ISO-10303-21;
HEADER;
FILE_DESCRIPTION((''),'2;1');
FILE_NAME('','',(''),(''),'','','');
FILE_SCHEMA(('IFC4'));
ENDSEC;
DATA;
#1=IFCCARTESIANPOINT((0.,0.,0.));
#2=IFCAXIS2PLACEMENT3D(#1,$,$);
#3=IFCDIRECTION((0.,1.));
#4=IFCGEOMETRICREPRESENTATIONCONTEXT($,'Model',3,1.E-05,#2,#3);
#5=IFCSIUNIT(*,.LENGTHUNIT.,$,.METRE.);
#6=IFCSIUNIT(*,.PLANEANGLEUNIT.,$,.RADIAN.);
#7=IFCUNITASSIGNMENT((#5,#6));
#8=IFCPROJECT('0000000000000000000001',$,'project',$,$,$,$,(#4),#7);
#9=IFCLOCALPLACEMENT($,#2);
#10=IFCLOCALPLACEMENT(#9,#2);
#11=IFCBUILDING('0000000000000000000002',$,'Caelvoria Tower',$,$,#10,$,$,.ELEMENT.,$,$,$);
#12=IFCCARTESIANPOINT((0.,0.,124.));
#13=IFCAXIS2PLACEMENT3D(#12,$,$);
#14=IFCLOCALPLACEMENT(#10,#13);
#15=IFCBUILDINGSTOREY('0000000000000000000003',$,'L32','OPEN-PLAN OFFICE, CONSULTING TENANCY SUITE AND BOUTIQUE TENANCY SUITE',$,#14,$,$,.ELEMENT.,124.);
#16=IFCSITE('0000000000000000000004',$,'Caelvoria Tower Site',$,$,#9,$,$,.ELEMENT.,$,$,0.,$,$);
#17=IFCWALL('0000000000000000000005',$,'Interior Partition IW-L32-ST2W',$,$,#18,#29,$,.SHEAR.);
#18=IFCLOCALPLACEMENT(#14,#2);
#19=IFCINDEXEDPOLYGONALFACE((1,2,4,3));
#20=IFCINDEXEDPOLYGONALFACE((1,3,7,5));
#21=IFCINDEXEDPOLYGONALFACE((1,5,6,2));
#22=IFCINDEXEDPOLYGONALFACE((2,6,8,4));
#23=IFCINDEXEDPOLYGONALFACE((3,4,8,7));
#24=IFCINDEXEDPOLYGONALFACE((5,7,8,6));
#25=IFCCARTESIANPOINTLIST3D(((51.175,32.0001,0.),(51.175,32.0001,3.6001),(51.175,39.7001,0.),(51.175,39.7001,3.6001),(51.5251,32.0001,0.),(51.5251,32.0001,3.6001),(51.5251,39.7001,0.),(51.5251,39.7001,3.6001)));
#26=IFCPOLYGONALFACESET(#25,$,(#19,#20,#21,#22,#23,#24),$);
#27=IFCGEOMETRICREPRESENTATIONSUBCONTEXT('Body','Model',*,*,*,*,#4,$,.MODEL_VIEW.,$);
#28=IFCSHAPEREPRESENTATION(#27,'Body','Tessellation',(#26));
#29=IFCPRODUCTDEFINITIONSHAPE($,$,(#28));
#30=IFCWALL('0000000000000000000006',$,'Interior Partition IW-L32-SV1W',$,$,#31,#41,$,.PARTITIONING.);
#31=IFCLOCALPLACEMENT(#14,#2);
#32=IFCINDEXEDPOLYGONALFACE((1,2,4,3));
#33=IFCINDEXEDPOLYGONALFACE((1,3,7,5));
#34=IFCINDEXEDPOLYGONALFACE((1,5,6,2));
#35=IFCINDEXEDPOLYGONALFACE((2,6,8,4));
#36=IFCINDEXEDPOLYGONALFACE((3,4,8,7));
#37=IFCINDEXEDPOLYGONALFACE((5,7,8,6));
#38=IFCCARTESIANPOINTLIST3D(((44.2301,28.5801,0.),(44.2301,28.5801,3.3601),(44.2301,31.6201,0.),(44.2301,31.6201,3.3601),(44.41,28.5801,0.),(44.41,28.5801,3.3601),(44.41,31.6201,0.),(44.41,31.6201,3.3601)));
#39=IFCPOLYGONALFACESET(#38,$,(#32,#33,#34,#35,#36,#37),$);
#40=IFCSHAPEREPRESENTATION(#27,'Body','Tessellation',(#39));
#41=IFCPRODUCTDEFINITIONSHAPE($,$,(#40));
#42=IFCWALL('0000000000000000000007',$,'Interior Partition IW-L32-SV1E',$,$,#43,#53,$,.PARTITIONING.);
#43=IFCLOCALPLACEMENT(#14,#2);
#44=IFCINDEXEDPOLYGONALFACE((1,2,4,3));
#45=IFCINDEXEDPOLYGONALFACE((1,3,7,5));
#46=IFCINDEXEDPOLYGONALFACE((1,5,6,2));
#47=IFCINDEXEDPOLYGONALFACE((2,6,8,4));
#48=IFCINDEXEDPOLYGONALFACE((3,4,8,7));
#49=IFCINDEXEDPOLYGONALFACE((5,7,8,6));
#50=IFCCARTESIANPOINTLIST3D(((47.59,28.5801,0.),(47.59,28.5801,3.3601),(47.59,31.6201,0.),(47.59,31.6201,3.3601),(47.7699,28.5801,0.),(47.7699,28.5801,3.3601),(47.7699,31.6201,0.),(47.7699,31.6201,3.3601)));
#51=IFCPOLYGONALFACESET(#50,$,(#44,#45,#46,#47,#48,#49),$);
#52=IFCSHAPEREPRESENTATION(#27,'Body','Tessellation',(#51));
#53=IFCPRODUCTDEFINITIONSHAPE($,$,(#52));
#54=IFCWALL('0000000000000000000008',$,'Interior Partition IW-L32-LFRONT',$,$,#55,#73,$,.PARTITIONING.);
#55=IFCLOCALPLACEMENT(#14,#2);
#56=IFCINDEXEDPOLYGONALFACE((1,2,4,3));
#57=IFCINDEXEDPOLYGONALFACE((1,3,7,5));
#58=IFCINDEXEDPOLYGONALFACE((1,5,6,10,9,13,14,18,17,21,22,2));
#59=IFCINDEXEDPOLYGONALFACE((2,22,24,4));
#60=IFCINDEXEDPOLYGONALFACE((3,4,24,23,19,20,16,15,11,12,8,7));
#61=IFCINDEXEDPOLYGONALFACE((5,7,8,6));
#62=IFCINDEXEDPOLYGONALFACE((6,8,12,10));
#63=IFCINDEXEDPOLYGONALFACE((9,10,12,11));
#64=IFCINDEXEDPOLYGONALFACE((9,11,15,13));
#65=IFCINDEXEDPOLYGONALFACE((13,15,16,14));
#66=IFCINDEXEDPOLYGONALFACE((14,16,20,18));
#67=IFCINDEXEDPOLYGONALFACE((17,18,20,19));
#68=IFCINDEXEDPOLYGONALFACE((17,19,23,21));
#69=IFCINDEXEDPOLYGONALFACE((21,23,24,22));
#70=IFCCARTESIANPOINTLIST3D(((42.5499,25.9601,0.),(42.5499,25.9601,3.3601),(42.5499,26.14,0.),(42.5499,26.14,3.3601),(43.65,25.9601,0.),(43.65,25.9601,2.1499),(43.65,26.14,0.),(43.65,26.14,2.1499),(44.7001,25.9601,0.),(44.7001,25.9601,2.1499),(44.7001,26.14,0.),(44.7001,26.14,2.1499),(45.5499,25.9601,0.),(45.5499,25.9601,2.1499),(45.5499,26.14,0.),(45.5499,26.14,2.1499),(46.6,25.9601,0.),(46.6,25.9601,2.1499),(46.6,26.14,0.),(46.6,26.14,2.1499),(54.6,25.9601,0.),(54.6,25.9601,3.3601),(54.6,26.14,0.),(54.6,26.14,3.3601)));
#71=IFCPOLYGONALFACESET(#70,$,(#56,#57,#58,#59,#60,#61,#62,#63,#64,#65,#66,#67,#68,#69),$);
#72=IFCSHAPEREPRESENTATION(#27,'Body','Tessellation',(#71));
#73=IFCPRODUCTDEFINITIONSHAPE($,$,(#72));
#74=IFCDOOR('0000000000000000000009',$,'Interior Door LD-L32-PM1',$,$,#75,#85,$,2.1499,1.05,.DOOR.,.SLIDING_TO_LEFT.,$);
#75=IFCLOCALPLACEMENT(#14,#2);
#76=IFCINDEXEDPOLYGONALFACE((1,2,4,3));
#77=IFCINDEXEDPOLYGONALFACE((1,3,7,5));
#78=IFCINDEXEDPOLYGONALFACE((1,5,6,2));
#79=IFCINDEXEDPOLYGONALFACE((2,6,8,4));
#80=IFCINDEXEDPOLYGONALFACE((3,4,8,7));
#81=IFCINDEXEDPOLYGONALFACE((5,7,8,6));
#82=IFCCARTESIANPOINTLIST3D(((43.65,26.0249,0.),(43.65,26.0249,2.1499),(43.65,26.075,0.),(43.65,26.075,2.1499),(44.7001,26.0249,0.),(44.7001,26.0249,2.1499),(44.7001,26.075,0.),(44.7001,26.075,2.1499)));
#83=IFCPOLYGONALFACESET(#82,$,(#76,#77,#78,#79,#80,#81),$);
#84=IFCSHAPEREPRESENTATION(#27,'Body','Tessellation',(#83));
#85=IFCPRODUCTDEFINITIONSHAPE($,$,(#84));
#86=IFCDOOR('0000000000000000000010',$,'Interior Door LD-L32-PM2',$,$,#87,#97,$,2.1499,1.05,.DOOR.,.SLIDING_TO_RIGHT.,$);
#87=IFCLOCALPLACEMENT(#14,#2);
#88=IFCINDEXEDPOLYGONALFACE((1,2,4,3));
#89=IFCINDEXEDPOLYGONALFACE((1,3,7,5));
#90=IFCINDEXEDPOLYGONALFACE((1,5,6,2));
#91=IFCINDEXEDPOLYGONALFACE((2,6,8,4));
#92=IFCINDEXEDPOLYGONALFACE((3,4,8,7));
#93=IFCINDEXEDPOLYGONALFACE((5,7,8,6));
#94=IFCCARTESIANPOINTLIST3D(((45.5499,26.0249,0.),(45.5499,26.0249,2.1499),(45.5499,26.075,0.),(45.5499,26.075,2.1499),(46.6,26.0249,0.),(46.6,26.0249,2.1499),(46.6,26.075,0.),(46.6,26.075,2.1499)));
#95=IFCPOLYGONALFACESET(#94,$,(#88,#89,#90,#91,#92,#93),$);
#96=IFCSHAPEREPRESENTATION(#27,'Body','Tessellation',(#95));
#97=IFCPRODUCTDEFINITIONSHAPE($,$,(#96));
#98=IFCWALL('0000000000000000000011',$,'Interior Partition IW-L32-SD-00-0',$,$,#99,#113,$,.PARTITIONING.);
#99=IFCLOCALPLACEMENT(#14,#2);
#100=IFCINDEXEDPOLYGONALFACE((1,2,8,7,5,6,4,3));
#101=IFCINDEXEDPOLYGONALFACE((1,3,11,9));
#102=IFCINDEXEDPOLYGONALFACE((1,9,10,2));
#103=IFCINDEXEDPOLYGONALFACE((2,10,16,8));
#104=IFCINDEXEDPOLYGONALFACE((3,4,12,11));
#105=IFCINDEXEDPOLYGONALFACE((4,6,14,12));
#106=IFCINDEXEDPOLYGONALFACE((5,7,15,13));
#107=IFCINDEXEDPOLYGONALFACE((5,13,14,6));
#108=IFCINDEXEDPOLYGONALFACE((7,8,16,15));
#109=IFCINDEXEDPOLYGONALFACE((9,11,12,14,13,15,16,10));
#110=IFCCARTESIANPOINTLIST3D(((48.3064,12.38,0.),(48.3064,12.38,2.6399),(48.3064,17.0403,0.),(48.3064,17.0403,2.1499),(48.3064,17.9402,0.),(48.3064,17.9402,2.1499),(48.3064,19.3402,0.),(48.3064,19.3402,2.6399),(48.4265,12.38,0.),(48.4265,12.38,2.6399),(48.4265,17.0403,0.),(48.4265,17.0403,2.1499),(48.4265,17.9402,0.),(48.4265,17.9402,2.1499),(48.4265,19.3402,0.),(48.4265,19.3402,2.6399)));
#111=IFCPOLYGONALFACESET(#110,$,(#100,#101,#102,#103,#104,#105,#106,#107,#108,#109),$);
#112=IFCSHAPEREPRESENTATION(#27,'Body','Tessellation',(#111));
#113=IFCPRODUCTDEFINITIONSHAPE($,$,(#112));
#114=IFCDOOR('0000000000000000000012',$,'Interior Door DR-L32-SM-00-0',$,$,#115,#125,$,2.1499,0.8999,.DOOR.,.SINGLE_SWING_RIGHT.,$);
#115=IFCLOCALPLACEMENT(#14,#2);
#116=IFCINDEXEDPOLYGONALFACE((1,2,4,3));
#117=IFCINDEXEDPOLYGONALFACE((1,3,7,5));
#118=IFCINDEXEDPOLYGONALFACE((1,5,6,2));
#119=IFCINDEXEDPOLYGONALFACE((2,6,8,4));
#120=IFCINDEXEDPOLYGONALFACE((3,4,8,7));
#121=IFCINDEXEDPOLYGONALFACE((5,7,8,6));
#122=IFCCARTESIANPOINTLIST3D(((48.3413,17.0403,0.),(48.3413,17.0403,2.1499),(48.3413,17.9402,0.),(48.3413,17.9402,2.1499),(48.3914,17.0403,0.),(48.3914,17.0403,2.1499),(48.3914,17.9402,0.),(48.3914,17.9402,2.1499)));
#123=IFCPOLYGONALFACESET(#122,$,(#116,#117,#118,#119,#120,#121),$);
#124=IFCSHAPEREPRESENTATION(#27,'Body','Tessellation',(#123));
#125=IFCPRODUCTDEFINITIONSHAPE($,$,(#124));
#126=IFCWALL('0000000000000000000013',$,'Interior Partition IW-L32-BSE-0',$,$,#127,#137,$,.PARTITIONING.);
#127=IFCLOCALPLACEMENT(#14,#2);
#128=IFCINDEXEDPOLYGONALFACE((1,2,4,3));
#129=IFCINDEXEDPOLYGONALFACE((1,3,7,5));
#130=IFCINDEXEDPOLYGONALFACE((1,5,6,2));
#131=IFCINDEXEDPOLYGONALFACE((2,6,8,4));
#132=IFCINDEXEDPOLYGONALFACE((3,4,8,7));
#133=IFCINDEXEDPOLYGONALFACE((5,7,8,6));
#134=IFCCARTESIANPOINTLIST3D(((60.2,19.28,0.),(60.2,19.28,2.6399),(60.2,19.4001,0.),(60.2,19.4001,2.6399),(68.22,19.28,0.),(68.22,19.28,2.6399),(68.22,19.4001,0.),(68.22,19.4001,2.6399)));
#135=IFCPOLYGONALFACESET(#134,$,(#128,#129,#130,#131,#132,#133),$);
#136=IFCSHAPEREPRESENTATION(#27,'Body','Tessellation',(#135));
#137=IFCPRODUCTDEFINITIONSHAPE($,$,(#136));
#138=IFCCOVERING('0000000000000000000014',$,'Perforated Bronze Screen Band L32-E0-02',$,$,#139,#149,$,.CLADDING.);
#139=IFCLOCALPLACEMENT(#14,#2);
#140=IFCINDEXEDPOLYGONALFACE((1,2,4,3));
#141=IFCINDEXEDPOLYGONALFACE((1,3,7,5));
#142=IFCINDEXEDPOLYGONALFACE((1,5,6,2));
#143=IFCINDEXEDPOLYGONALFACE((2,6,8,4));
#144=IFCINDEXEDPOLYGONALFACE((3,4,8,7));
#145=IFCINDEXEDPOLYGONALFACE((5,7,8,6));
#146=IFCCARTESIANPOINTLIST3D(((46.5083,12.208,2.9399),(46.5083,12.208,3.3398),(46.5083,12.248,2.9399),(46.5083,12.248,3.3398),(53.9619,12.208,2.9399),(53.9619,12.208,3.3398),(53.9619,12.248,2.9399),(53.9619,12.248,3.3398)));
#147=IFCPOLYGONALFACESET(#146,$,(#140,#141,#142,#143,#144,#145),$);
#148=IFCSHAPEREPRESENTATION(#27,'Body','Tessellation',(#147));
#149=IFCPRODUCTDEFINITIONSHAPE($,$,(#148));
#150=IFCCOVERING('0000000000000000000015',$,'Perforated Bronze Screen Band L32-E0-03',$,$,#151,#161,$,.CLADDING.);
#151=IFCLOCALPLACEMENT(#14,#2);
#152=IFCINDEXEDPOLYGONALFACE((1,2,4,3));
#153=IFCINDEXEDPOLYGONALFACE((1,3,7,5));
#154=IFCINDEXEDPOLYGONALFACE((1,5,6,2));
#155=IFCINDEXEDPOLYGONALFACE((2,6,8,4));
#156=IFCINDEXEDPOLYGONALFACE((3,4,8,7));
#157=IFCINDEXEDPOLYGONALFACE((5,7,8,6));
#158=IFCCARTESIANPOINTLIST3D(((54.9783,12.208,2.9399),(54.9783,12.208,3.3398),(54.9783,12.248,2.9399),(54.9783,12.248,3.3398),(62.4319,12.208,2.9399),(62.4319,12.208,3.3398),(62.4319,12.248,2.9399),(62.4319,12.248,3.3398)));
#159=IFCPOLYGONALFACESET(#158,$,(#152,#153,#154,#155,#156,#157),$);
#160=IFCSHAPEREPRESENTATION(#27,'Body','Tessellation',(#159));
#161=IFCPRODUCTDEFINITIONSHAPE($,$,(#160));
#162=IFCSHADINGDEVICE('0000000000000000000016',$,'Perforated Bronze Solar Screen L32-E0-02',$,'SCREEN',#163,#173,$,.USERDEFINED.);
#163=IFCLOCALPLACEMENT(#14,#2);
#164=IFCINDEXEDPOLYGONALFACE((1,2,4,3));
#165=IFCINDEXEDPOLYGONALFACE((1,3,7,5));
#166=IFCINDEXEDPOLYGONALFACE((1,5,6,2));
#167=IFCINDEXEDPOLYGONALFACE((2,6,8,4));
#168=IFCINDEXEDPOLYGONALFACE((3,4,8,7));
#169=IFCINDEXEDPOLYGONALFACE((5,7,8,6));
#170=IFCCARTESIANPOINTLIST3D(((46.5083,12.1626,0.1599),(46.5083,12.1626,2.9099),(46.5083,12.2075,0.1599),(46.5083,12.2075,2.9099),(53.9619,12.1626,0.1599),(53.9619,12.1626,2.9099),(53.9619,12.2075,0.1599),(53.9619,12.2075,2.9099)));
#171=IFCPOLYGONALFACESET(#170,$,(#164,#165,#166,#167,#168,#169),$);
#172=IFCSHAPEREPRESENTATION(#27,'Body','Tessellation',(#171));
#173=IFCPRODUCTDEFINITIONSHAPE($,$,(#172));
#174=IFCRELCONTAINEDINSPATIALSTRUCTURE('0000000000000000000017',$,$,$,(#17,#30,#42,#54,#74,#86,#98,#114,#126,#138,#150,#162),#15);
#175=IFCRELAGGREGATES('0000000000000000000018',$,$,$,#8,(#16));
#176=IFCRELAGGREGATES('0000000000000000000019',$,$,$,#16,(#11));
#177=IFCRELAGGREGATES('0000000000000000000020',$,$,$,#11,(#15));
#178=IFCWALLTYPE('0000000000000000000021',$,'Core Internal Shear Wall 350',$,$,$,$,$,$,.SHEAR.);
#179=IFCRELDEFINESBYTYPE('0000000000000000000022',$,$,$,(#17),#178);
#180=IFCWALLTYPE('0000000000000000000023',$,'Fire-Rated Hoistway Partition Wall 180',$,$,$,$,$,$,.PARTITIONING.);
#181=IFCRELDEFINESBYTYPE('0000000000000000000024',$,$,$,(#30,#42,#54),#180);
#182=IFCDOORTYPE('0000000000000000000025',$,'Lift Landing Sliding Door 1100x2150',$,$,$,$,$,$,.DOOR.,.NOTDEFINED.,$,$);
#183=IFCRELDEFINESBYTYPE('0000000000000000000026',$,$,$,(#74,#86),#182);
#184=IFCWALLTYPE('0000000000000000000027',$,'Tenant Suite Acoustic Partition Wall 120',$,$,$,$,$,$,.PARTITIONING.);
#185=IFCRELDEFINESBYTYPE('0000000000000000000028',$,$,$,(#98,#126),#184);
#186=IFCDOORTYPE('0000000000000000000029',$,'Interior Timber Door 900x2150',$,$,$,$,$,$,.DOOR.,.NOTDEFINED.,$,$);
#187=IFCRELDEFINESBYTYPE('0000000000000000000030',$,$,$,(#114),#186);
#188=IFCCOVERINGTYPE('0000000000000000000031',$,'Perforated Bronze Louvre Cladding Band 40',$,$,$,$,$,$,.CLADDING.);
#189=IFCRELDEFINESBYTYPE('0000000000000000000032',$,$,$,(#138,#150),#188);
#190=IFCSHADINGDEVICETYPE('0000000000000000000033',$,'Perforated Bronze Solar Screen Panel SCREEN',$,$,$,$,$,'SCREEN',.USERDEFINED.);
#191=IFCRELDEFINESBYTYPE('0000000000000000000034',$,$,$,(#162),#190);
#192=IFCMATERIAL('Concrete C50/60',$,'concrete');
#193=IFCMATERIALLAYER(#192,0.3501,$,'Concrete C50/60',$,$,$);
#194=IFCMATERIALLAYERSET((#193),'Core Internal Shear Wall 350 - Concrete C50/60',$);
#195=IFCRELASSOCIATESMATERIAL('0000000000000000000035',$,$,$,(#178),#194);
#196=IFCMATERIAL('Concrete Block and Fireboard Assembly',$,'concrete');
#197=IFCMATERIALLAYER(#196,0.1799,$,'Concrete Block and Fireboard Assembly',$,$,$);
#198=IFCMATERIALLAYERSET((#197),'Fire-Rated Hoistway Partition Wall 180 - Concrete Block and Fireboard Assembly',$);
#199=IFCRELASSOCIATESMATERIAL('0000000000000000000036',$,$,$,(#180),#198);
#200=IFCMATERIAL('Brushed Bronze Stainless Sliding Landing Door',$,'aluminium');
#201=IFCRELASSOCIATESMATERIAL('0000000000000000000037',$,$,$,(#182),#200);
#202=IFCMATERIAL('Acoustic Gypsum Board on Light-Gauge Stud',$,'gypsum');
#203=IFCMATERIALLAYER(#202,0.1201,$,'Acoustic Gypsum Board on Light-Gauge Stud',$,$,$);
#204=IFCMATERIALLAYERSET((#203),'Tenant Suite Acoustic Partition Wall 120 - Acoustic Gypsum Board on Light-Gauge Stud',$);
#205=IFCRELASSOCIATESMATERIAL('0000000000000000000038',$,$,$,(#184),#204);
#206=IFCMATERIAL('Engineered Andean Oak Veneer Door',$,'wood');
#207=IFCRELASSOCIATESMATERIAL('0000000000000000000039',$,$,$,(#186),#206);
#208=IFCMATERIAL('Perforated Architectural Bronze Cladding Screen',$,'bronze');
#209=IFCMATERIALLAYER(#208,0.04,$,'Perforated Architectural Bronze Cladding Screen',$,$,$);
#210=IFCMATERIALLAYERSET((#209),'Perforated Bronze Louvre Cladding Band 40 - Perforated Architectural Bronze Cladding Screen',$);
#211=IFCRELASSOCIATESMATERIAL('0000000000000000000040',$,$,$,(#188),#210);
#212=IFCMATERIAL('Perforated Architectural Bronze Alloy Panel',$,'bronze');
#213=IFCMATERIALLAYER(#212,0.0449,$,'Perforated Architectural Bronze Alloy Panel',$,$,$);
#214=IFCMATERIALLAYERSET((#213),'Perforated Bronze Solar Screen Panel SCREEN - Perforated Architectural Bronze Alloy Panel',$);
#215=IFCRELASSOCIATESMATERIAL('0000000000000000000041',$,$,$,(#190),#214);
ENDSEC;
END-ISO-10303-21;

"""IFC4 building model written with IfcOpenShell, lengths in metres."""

from ifc_helpers import new_model, si_unit, direction, frame, frame_2d, origin, origin_2d, place, context, subcontext, project, spatial, rectangle, extrude, material, layer, layer_set, type_object, element, fill, save


model = new_model("IFC4")

# Units and contexts
model_context = context("Model", 3, precision=1e-05, world=origin(), true_north=direction((0.0, 1.0)))
body_context = subcontext(model_context, "Body", "Model", "MODEL_VIEW")
ifc_project = project(units=[si_unit("LENGTHUNIT", "METRE"), si_unit("PLANEANGLEUNIT", "RADIAN")], contexts=[model_context])

# Site, building, storey
site_placement = place(None, origin())
site = spatial("IfcSite", under=ifc_project, at=site_placement, Name="Caelvoria Tower Site", CompositionType="ELEMENT", RefElevation=0.0)
building_placement = place(site_placement, origin())
building = spatial("IfcBuilding", under=site, at=building_placement, Name="Caelvoria Tower", CompositionType="ELEMENT")
storey_placement = place(building_placement, frame((0.0, 0.0, 124.0)))
storey = spatial("IfcBuildingStorey", under=building, at=storey_placement, Name="L32", Description="OPEN-PLAN OFFICE, CONSULTING TENANCY SUITE AND BOUTIQUE TENANCY SUITE", CompositionType="ELEMENT", Elevation=124.0)

# Walls
ifc_material_1 = material(Name="Concrete C50/60", Category="concrete")
ifc_layer_1 = layer(ifc_material_1, 0.3501, Name="Concrete C50/60")
ifc_layer_set_1 = layer_set([ifc_layer_1], Name="Core Internal Shear Wall 350 - Concrete C50/60")
wall_type_1 = type_object("IfcWallType", Name="Core Internal Shear Wall 350", PredefinedType="SHEAR", material=ifc_layer_set_1)
wall_1_placement = place(storey_placement, frame((51.3501, 32.0, 0.0), z_axis=(0.0, 0.0, 1.0), x_axis=(0.0, 1.0, 0.0)))
element("IfcWall", 1, at=wall_1_placement, inside=storey, type_object=wall_type_1, Name="Interior Partition IW-L32-ST2W", PredefinedType="SHEAR", context=body_context, shape_type="SweptSolid", body=[
    extrude(rectangle(XDim=7.7, YDim=0.3501, at=frame_2d((3.8501, 0.0))), origin(), (0.0, 0.0, 1.0), 3.6001),
])
ifc_material_2 = material(Name="Concrete Block and Fireboard Assembly", Category="concrete")
ifc_layer_2 = layer(ifc_material_2, 0.1799, Name="Concrete Block and Fireboard Assembly")
ifc_layer_set_2 = layer_set([ifc_layer_2], Name="Fire-Rated Hoistway Partition Wall 180 - Concrete Block and Fireboard Assembly")
wall_type_2 = type_object("IfcWallType", Name="Fire-Rated Hoistway Partition Wall 180", PredefinedType="PARTITIONING", material=ifc_layer_set_2)
for number, where, z_axis, x_axis, name in (
    (2, (44.3201, 28.5801, 0.0), (0.0, 0.0, 1.0), (0.0, 1.0, 0.0), "Interior Partition IW-L32-SV1W"),
    (3, (47.6799, 28.5801, 0.0), (0.0, 0.0, 1.0), (0.0, 1.0, 0.0), "Interior Partition IW-L32-SV1E"),
):
    element("IfcWall", number, at=place(storey_placement, frame(where, z_axis=z_axis, x_axis=x_axis)), inside=storey, type_object=wall_type_2, Name=name, PredefinedType="PARTITIONING", context=body_context, shape_type="SweptSolid", body=[
        extrude(rectangle(XDim=3.04, YDim=0.1799, at=frame_2d((1.52, 0.0))), origin(), (0.0, 0.0, 1.0), 3.3601),
    ])

# Wall, openings, doors
wall_2_placement = place(storey_placement, frame((42.55, 26.05, 0.0), z_axis=(0.0, 0.0, 1.0), x_axis=(1.0, 0.0, 0.0)))
wall_2 = element("IfcWall", 4, at=wall_2_placement, inside=storey, type_object=wall_type_2, Name="Interior Partition IW-L32-LFRONT", PredefinedType="PARTITIONING", context=body_context, shape_type="SweptSolid", body=[
    extrude(rectangle(XDim=12.05, YDim=0.1799, at=frame_2d((6.0249, 0.0))), origin(), (0.0, 0.0, 1.0), 3.3601),
])
opening_1_placement = place(wall_2_placement, frame((1.1001, 0.0, 0.0)))
opening_1 = element("IfcOpeningElement", 5, at=opening_1_placement, cuts=wall_2, PredefinedType="OPENING", context=body_context, shape_type="SweptSolid", body=[
    extrude(rectangle(XDim=1.05, YDim=2.1499, at=frame_2d((0.5249, 1.075))), frame((0.0, 0.0999, 0.0), z_axis=(0.0, -1.0, 0.0), x_axis=(1.0, 0.0, 0.0)), (0.0, 0.0, 1.0), 0.2),
])
opening_2_placement = place(wall_2_placement, frame((3.0, 0.0, 0.0)))
opening_2 = element("IfcOpeningElement", 6, at=opening_2_placement, cuts=wall_2, PredefinedType="OPENING", context=body_context, shape_type="SweptSolid", body=[
    extrude(rectangle(XDim=1.05, YDim=2.1499, at=frame_2d((0.5249, 1.075))), frame((0.0, 0.0999, 0.0), z_axis=(0.0, -1.0, 0.0), x_axis=(1.0, 0.0, 0.0)), (0.0, 0.0, 1.0), 0.2),
])
ifc_material_3 = material(Name="Brushed Bronze Stainless Sliding Landing Door", Category="aluminium")
door_type_1 = type_object("IfcDoorType", Name="Lift Landing Sliding Door 1100x2150", OperationType="NOTDEFINED", PredefinedType="DOOR", material=ifc_material_3)
door_1_placement = place(opening_1_placement, origin())
door_1 = element("IfcDoor", 7, at=door_1_placement, inside=storey, type_object=door_type_1, Name="Interior Door LD-L32-PM1", OperationType="SLIDING_TO_LEFT", OverallHeight=2.1499, OverallWidth=1.05, PredefinedType="DOOR", context=body_context, shape_type="SweptSolid", body=[
    extrude(rectangle(XDim=1.05, YDim=2.1499, at=frame_2d((0.5249, 1.075))), frame((0.0, 0.0249, 0.0), z_axis=(0.0, -1.0, 0.0), x_axis=(1.0, 0.0, 0.0)), (0.0, 0.0, 1.0), 0.05),
])
fill(opening_1, door_1)
door_2_placement = place(opening_2_placement, origin())
door_2 = element("IfcDoor", 8, at=door_2_placement, inside=storey, type_object=door_type_1, Name="Interior Door LD-L32-PM2", OperationType="SLIDING_TO_RIGHT", OverallHeight=2.1499, OverallWidth=1.05, PredefinedType="DOOR", context=body_context, shape_type="SweptSolid", body=[
    extrude(rectangle(XDim=1.05, YDim=2.1499, at=frame_2d((0.5249, 1.075))), frame((0.0, 0.0249, 0.0), z_axis=(0.0, -1.0, 0.0), x_axis=(1.0, 0.0, 0.0)), (0.0, 0.0, 1.0), 0.05),
])
fill(opening_2, door_2)

# Wall, opening, door
ifc_material_4 = material(Name="Acoustic Gypsum Board on Light-Gauge Stud", Category="gypsum")
ifc_layer_3 = layer(ifc_material_4, 0.1201, Name="Acoustic Gypsum Board on Light-Gauge Stud")
ifc_layer_set_3 = layer_set([ifc_layer_3], Name="Tenant Suite Acoustic Partition Wall 120 - Acoustic Gypsum Board on Light-Gauge Stud")
wall_type_3 = type_object("IfcWallType", Name="Tenant Suite Acoustic Partition Wall 120", PredefinedType="PARTITIONING", material=ifc_layer_set_3)
wall_3_placement = place(storey_placement, frame((48.3665, 19.3401, 0.0), z_axis=(0.0, 0.0, 1.0), x_axis=(0.0, -1.0, 0.0)))
wall_3 = element("IfcWall", 9, at=wall_3_placement, inside=storey, type_object=wall_type_3, Name="Interior Partition IW-L32-SD-00-0", PredefinedType="PARTITIONING", context=body_context, shape_type="SweptSolid", body=[
    extrude(rectangle(XDim=6.9602, YDim=0.1201, at=frame_2d((3.48, 0.0))), origin(), (0.0, 0.0, 1.0), 2.6399),
])
opening_3_placement = place(wall_3_placement, frame((1.3999, 0.0, 0.0)))
opening_3 = element("IfcOpeningElement", 10, at=opening_3_placement, cuts=wall_3, PredefinedType="OPENING", context=body_context, shape_type="SweptSolid", body=[
    extrude(rectangle(XDim=0.8999, YDim=2.1499, at=frame_2d((0.45, 1.075))), frame((0.0, 0.0701, 0.0), z_axis=(0.0, -1.0, 0.0), x_axis=(1.0, 0.0, 0.0)), (0.0, 0.0, 1.0), 0.1401),
])
ifc_material_5 = material(Name="Engineered Andean Oak Veneer Door", Category="wood")
door_type_2 = type_object("IfcDoorType", Name="Interior Timber Door 900x2150", OperationType="NOTDEFINED", PredefinedType="DOOR", material=ifc_material_5)
door_3_placement = place(opening_3_placement, origin())
door_3 = element("IfcDoor", 11, at=door_3_placement, inside=storey, type_object=door_type_2, Name="Interior Door DR-L32-SM-00-0", OperationType="SINGLE_SWING_RIGHT", OverallHeight=2.1499, OverallWidth=0.8999, PredefinedType="DOOR", context=body_context, shape_type="SweptSolid", body=[
    extrude(rectangle(XDim=0.8999, YDim=2.1499, at=frame_2d((0.45, 1.075))), frame((0.0, 0.0249, 0.0), z_axis=(0.0, -1.0, 0.0), x_axis=(1.0, 0.0, 0.0)), (0.0, 0.0, 1.0), 0.05),
])
fill(opening_3, door_3)

# Wall
wall_4_placement = place(storey_placement, frame((60.2, 19.3401, 0.0), z_axis=(0.0, 0.0, 1.0), x_axis=(1.0, 0.0, 0.0)))
element("IfcWall", 12, at=wall_4_placement, inside=storey, type_object=wall_type_3, Name="Interior Partition IW-L32-BSE-0", PredefinedType="PARTITIONING", context=body_context, shape_type="SweptSolid", body=[
    extrude(rectangle(XDim=8.02, YDim=0.1201, at=frame_2d((4.01, 0.0))), origin(), (0.0, 0.0, 1.0), 2.6399),
])

# Coverings
ifc_material_6 = material(Name="Perforated Architectural Bronze Cladding Screen", Category="bronze")
ifc_layer_4 = layer(ifc_material_6, 0.04, Name="Perforated Architectural Bronze Cladding Screen")
ifc_layer_set_4 = layer_set([ifc_layer_4], Name="Perforated Bronze Louvre Cladding Band 40 - Perforated Architectural Bronze Cladding Screen")
covering_type = type_object("IfcCoveringType", Name="Perforated Bronze Louvre Cladding Band 40", PredefinedType="CLADDING", material=ifc_layer_set_4)
for number, where, z_axis, x_axis, name in (
    (13, (50.2351, 12.228, 2.9399), (0.0, 0.0, 1.0), (1.0, 0.0, 0.0), "Perforated Bronze Screen Band L32-E0-02"),
    (14, (58.7051, 12.228, 2.9399), (0.0, 0.0, 1.0), (1.0, 0.0, 0.0), "Perforated Bronze Screen Band L32-E0-03"),
):
    element("IfcCovering", number, at=place(storey_placement, frame(where, z_axis=z_axis, x_axis=x_axis)), inside=storey, type_object=covering_type, Name=name, PredefinedType="CLADDING", context=body_context, shape_type="SweptSolid", body=[
        extrude(rectangle(XDim=7.4536, YDim=0.04, at=origin_2d()), origin(), (0.0, 0.0, 1.0), 0.3999),
    ])

# Shading device
ifc_material_7 = material(Name="Perforated Architectural Bronze Alloy Panel", Category="bronze")
ifc_layer_5 = layer(ifc_material_7, 0.0449, Name="Perforated Architectural Bronze Alloy Panel")
ifc_layer_set_5 = layer_set([ifc_layer_5], Name="Perforated Bronze Solar Screen Panel SCREEN - Perforated Architectural Bronze Alloy Panel")
shading_device_type = type_object("IfcShadingDeviceType", Name="Perforated Bronze Solar Screen Panel SCREEN", ElementType="SCREEN", PredefinedType="USERDEFINED", material=ifc_layer_set_5)
for number, where, z_axis, x_axis, name in (
    (15, (50.2351, 12.1851, 0.1599), (0.0, 0.0, 1.0), (1.0, 0.0, 0.0), "Perforated Bronze Solar Screen L32-E0-02"),
):
    element("IfcShadingDevice", number, at=place(storey_placement, frame(where, z_axis=z_axis, x_axis=x_axis)), inside=storey, type_object=shading_device_type, Name=name, ObjectType="SCREEN", PredefinedType="USERDEFINED", context=body_context, shape_type="SweptSolid", body=[
        extrude(rectangle(XDim=7.4536, YDim=0.0449, at=origin_2d()), origin(), (0.0, 0.0, 1.0), 2.75),
    ])

save(model, "model.ifc")
